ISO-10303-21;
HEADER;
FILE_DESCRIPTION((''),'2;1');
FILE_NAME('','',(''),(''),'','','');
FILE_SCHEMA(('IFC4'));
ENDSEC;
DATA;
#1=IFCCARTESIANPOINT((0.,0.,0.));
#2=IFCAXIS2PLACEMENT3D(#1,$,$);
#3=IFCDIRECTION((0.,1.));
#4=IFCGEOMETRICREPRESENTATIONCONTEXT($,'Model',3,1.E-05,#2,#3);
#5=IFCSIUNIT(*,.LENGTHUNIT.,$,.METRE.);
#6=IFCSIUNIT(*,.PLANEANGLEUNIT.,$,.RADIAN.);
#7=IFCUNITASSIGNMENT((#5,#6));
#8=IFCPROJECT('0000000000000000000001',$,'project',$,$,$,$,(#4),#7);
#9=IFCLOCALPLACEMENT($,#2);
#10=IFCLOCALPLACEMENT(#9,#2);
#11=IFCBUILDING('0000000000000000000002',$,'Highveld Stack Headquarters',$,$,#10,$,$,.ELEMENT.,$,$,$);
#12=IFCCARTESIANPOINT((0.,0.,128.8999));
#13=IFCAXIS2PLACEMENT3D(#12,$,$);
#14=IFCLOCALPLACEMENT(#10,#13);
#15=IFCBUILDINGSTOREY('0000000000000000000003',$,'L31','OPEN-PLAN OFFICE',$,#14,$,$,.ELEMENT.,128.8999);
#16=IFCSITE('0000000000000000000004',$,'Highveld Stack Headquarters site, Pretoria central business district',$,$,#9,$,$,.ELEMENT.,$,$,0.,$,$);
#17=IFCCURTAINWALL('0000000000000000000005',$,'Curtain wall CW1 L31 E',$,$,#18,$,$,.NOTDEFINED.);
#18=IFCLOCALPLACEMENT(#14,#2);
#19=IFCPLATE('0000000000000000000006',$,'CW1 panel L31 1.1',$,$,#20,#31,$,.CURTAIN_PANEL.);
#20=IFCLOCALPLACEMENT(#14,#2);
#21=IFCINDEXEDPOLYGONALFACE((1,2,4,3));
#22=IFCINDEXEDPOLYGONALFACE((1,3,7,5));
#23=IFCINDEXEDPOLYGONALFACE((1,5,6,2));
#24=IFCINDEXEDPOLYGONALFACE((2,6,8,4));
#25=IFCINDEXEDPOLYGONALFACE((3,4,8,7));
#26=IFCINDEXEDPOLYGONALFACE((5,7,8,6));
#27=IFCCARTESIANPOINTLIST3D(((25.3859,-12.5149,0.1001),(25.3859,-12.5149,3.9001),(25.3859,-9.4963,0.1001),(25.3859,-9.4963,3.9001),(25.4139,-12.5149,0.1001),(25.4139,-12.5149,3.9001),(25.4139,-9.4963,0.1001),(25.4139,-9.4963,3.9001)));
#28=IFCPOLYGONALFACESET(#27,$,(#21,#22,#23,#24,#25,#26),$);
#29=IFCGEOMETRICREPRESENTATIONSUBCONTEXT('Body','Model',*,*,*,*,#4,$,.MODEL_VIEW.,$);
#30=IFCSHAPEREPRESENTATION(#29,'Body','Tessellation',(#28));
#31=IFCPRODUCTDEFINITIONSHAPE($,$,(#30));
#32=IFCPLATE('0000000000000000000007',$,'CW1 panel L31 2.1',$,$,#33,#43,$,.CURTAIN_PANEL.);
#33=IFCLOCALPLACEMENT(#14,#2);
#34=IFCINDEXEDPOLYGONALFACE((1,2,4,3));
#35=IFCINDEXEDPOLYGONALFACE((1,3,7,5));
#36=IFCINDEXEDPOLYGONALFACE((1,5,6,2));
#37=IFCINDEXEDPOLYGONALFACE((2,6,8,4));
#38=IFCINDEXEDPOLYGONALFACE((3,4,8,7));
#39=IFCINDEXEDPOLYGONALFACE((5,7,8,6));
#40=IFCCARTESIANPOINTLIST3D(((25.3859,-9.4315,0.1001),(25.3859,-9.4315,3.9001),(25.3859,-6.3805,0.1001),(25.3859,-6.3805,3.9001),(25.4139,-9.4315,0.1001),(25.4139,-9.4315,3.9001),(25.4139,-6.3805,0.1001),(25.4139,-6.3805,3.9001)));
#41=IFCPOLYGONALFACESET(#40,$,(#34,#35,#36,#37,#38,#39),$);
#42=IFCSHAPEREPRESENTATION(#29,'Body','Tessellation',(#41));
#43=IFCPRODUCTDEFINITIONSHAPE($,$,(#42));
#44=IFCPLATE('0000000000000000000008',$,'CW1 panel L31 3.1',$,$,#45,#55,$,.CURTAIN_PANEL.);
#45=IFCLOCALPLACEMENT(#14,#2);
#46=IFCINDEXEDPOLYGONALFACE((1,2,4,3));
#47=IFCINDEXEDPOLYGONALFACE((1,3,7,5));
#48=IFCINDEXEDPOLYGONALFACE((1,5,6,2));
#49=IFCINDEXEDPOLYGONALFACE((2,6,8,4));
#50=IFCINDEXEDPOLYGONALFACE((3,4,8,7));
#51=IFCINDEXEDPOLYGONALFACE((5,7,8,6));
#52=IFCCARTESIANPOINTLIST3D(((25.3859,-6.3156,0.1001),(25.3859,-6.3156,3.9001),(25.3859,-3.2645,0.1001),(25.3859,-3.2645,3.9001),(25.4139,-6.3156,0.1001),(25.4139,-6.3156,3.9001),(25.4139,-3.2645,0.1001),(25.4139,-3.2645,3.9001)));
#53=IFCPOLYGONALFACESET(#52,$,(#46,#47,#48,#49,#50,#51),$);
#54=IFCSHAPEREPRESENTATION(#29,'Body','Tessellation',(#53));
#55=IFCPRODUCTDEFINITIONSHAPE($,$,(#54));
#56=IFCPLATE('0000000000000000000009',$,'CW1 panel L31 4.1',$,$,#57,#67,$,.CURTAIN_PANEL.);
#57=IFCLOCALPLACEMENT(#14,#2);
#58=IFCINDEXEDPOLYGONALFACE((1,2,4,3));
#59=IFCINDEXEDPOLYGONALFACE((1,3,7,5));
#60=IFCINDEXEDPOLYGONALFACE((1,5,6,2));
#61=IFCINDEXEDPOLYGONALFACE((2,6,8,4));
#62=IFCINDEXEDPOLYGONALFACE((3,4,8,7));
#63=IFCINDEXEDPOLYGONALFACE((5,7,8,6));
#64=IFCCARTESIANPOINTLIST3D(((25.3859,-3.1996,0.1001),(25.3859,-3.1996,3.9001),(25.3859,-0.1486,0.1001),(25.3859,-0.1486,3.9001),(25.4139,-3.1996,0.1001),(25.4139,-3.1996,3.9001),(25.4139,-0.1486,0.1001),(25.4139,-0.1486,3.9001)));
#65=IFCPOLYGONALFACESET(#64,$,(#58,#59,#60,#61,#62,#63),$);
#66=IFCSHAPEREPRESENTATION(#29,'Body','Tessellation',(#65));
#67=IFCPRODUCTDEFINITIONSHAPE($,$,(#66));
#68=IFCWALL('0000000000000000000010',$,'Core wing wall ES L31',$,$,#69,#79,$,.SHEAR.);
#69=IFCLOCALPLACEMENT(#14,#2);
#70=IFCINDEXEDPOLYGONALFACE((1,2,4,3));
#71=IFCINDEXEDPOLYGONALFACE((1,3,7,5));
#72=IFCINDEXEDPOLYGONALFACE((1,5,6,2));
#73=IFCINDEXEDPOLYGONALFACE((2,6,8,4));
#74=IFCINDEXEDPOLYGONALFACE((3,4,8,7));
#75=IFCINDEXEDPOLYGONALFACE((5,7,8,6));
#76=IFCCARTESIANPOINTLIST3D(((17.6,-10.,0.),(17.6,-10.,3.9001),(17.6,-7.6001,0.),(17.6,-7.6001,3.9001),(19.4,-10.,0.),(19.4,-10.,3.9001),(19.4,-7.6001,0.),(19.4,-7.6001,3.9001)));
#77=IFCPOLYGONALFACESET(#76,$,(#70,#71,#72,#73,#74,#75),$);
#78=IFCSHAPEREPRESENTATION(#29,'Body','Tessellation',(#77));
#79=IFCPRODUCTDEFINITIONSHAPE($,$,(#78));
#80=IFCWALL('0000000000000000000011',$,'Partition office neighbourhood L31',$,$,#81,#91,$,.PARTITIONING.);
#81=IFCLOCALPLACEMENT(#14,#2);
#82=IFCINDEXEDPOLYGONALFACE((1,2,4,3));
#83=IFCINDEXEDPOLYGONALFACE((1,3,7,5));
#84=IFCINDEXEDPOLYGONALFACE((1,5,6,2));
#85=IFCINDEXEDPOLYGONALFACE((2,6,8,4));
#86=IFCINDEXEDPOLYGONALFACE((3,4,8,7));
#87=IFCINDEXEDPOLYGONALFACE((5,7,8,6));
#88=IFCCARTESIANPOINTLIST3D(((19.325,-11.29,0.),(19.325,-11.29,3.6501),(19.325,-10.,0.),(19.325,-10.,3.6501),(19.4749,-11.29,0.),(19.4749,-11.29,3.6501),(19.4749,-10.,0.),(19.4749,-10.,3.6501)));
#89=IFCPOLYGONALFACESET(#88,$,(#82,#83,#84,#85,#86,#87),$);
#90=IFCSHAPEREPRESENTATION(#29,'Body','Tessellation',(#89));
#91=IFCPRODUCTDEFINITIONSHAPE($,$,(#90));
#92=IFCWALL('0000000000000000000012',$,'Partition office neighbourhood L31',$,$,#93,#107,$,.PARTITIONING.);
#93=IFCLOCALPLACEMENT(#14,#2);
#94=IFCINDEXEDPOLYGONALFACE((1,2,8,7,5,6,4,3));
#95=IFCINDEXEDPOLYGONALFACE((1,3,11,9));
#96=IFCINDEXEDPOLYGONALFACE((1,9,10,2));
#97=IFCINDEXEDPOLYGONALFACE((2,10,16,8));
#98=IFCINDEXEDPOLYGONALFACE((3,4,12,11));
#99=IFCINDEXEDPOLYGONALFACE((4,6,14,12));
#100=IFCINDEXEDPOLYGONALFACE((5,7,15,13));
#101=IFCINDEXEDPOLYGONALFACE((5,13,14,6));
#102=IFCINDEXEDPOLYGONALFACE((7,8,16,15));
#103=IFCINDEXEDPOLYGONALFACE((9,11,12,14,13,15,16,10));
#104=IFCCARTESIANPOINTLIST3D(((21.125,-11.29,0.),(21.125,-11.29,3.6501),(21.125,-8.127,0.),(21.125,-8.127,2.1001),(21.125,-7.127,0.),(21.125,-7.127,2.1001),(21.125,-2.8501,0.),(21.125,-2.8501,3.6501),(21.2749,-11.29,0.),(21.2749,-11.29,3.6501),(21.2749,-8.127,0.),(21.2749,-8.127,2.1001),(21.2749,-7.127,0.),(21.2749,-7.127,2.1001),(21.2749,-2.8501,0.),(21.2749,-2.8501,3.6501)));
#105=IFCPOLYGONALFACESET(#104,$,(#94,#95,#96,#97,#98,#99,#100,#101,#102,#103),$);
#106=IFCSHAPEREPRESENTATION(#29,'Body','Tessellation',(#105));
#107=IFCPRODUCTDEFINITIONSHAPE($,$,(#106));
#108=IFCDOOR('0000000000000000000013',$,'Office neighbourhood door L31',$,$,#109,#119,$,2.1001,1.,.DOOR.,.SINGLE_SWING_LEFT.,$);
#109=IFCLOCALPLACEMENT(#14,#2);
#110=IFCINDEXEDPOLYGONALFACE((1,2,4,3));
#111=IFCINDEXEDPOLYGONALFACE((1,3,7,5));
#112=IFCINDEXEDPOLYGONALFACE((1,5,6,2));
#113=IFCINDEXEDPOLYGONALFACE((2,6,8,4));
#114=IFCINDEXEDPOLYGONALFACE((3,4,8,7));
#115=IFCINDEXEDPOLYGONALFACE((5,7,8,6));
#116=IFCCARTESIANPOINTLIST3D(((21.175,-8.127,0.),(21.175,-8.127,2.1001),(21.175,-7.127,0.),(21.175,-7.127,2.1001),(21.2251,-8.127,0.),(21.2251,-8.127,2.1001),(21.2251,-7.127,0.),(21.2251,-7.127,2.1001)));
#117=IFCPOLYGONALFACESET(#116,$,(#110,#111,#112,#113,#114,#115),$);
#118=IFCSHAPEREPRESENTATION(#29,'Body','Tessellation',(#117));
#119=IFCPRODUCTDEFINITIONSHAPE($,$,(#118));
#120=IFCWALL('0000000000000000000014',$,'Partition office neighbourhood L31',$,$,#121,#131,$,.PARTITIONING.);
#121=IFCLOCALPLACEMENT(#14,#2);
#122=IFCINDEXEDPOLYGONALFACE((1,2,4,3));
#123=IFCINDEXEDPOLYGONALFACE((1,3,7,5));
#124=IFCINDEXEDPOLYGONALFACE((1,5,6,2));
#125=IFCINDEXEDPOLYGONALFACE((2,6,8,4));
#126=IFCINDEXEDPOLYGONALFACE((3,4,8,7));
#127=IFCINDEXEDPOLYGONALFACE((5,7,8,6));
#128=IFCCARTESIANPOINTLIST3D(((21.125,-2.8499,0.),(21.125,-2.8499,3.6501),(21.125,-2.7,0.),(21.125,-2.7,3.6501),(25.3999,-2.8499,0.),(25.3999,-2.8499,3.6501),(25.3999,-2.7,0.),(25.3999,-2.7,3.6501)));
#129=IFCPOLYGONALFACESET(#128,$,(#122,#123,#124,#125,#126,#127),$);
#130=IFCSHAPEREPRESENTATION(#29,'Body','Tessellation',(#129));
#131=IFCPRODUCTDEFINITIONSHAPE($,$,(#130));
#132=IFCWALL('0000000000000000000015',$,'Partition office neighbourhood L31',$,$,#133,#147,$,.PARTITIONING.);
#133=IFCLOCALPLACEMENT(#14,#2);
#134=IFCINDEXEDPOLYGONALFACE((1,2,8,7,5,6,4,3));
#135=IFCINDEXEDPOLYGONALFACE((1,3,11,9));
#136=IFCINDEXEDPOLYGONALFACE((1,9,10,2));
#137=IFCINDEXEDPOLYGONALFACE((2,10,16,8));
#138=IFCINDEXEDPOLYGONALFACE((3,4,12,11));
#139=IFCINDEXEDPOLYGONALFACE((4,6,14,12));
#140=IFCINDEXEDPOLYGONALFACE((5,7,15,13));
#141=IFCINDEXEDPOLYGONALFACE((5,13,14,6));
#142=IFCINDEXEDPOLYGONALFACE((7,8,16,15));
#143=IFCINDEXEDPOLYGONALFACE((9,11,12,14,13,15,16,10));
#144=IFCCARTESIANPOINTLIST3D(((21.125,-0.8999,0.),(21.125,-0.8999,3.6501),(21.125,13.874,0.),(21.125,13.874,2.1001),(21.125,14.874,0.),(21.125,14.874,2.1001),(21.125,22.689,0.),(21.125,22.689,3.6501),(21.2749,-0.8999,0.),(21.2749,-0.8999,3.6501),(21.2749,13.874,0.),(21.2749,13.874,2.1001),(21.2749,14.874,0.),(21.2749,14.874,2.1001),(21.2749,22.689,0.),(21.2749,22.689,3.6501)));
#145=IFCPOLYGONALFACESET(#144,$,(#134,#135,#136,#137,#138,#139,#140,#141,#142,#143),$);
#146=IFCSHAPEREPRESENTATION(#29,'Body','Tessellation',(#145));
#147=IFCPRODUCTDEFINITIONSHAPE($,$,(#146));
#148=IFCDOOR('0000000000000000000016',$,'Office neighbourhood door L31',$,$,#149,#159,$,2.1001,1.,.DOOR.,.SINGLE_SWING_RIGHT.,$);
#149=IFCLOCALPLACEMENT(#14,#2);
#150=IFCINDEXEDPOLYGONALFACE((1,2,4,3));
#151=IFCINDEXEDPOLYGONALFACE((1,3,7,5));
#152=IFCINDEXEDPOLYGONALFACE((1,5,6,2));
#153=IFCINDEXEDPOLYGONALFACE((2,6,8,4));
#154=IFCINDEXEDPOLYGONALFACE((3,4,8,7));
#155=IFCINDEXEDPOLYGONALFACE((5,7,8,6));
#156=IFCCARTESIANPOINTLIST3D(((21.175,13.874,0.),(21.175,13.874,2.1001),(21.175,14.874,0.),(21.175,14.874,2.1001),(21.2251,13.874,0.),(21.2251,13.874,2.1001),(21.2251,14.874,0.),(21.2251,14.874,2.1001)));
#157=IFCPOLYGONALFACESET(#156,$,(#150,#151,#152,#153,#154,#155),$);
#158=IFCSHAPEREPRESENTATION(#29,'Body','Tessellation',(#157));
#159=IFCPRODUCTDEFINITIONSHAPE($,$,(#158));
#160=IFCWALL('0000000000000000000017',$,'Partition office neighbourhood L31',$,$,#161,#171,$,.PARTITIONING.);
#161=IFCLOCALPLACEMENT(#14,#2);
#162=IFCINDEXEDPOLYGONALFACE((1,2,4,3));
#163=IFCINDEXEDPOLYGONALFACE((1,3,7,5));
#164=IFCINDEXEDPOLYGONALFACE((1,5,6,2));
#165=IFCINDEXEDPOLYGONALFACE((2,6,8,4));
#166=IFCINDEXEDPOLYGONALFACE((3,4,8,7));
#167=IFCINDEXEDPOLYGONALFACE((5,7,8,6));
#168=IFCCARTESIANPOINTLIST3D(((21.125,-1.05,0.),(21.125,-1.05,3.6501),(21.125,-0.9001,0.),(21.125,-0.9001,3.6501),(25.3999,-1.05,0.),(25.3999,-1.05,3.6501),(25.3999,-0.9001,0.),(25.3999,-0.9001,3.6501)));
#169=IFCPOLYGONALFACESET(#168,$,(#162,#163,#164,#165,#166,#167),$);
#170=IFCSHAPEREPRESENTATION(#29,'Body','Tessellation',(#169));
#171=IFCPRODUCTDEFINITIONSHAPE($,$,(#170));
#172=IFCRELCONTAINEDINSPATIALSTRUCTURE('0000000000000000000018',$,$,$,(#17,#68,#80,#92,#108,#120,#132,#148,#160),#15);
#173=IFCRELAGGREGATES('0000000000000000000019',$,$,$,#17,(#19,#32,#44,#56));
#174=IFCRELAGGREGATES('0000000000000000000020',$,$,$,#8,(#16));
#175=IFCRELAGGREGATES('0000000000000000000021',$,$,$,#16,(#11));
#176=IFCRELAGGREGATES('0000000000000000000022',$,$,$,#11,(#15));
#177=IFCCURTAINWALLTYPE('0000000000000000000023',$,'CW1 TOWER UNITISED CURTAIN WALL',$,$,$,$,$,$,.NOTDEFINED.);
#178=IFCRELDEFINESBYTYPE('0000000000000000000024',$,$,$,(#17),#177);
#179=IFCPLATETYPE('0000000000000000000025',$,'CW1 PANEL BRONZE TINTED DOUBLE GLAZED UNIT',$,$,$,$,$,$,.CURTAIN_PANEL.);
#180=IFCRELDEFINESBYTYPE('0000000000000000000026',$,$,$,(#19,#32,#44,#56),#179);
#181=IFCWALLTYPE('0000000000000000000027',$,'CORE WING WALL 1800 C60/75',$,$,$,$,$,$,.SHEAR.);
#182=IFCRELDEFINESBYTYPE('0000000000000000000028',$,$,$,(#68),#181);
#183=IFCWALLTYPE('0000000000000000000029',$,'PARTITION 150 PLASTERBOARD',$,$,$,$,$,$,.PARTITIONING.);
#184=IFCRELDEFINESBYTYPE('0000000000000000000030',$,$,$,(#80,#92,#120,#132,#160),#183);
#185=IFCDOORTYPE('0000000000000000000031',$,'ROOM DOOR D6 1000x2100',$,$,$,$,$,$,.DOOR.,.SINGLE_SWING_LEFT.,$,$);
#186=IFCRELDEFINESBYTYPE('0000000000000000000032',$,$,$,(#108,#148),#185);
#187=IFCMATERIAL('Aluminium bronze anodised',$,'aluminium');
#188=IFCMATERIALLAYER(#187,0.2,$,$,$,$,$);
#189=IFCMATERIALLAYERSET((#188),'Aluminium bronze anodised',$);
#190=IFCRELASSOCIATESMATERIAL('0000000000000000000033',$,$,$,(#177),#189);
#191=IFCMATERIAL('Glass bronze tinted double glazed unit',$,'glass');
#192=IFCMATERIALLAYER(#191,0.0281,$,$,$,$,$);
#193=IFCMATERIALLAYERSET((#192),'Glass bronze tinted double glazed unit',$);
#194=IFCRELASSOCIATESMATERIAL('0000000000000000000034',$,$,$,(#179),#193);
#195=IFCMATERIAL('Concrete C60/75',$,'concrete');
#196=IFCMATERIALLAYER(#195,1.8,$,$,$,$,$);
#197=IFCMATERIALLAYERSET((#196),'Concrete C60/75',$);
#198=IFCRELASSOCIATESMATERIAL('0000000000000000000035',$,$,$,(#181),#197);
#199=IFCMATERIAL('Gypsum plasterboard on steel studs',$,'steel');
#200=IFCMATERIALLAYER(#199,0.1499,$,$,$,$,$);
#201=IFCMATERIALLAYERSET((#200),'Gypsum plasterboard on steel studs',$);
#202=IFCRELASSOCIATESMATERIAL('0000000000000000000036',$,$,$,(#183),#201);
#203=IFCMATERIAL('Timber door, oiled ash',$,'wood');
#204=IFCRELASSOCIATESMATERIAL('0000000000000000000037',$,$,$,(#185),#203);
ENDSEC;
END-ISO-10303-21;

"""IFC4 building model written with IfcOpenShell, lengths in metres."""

from ifc_helpers import new_model, si_unit, direction, frame, frame_2d, origin, origin_2d, place, context, subcontext, project, spatial, rectangle, extrude, material, layer, layer_set, type_object, element, fill, aggregate, save


model = new_model("IFC4")

# Units and contexts
model_context = context("Model", 3, precision=1e-05, world=origin(), true_north=direction((0.0, 1.0)))
body_context = subcontext(model_context, "Body", "Model", "MODEL_VIEW")
ifc_project = project(units=[si_unit("LENGTHUNIT", "METRE"), si_unit("PLANEANGLEUNIT", "RADIAN")], contexts=[model_context])

# Site, building, storey
site_placement = place(None, origin())
site = spatial("IfcSite", under=ifc_project, at=site_placement, Name="Highveld Stack Headquarters site, Pretoria central business district", CompositionType="ELEMENT", RefElevation=0.0)
building_placement = place(site_placement, origin())
building = spatial("IfcBuilding", under=site, at=building_placement, Name="Highveld Stack Headquarters", CompositionType="ELEMENT")
storey_placement = place(building_placement, frame((0.0, 0.0, 128.8999)))
storey = spatial("IfcBuildingStorey", under=building, at=storey_placement, Name="L31", Description="OPEN-PLAN OFFICE", CompositionType="ELEMENT", Elevation=128.8999)

# Curtain wall
ifc_material_1 = material(Name="Aluminium bronze anodised", Category="aluminium")
ifc_layer_1 = layer(ifc_material_1, 0.2)
ifc_layer_set_1 = layer_set([ifc_layer_1], Name="Aluminium bronze anodised")
curtain_wall_type = type_object("IfcCurtainWallType", Name="CW1 TOWER UNITISED CURTAIN WALL", PredefinedType="NOTDEFINED", material=ifc_layer_set_1)
curtain_wall_placement = place(storey_placement, origin())
curtain_wall = element("IfcCurtainWall", 1, at=curtain_wall_placement, inside=storey, type_object=curtain_wall_type, Name="Curtain wall CW1 L31 E", PredefinedType="NOTDEFINED")

# Plates
ifc_material_2 = material(Name="Glass bronze tinted double glazed unit", Category="glass")
ifc_layer_2 = layer(ifc_material_2, 0.0281)
ifc_layer_set_2 = layer_set([ifc_layer_2], Name="Glass bronze tinted double glazed unit")
plate_type = type_object("IfcPlateType", Name="CW1 PANEL BRONZE TINTED DOUBLE GLAZED UNIT", PredefinedType="CURTAIN_PANEL", material=ifc_layer_set_2)
plate_1_placement = place(storey_placement, frame((25.3999, -11.0056, 0.1001), z_axis=(0.0, 0.0, 1.0), x_axis=(0.0, 1.0, 0.0)))
plate_1 = element("IfcPlate", 2, at=plate_1_placement, type_object=plate_type, Name="CW1 panel L31 1.1", PredefinedType="CURTAIN_PANEL", context=body_context, shape_type="SweptSolid", body=[
    extrude(rectangle(XDim=3.0186, YDim=0.0281, at=origin_2d()), origin(), (0.0, 0.0, 1.0), 3.8),
])
plate_2_placement = place(storey_placement, frame((25.3999, -7.906, 0.1001), z_axis=(0.0, 0.0, 1.0), x_axis=(0.0, 1.0, 0.0)))
plate_2 = element("IfcPlate", 3, at=plate_2_placement, type_object=plate_type, Name="CW1 panel L31 2.1", PredefinedType="CURTAIN_PANEL", context=body_context, shape_type="SweptSolid", body=[
    extrude(rectangle(XDim=3.051, YDim=0.0281, at=origin_2d()), origin(), (0.0, 0.0, 1.0), 3.8),
])
plate_3_placement = place(storey_placement, frame((25.3999, -4.79, 0.1001), z_axis=(0.0, 0.0, 1.0), x_axis=(0.0, 1.0, 0.0)))
plate_3 = element("IfcPlate", 4, at=plate_3_placement, type_object=plate_type, Name="CW1 panel L31 3.1", PredefinedType="CURTAIN_PANEL", context=body_context, shape_type="SweptSolid", body=[
    extrude(rectangle(XDim=3.051, YDim=0.0281, at=origin_2d()), origin(), (0.0, 0.0, 1.0), 3.8),
])
plate_4_placement = place(storey_placement, frame((25.3999, -1.6741, 0.1001), z_axis=(0.0, 0.0, 1.0), x_axis=(0.0, 1.0, 0.0)))
plate_4 = element("IfcPlate", 5, at=plate_4_placement, type_object=plate_type, Name="CW1 panel L31 4.1", PredefinedType="CURTAIN_PANEL", context=body_context, shape_type="SweptSolid", body=[
    extrude(rectangle(XDim=3.051, YDim=0.0281, at=origin_2d()), origin(), (0.0, 0.0, 1.0), 3.8),
])
aggregate(curtain_wall, [plate_1, plate_2, plate_3, plate_4])

# Walls
ifc_material_3 = material(Name="Concrete C60/75", Category="concrete")
ifc_layer_3 = layer(ifc_material_3, 1.8)
ifc_layer_set_3 = layer_set([ifc_layer_3], Name="Concrete C60/75")
wall_type_1 = type_object("IfcWallType", Name="CORE WING WALL 1800 C60/75", PredefinedType="SHEAR", material=ifc_layer_set_3)
wall_1_placement = place(storey_placement, frame((18.5, -10.0, 0.0), z_axis=(0.0, 0.0, 1.0), x_axis=(0.0, 1.0, 0.0)))
element("IfcWall", 6, at=wall_1_placement, inside=storey, type_object=wall_type_1, Name="Core wing wall ES L31", PredefinedType="SHEAR", context=body_context, shape_type="SweptSolid", body=[
    extrude(rectangle(XDim=2.3999, YDim=1.8, at=frame_2d((1.2, 0.0))), origin(), (0.0, 0.0, 1.0), 3.9001),
])
ifc_material_4 = material(Name="Gypsum plasterboard on steel studs", Category="steel")
ifc_layer_4 = layer(ifc_material_4, 0.1499)
ifc_layer_set_4 = layer_set([ifc_layer_4], Name="Gypsum plasterboard on steel studs")
wall_type_2 = type_object("IfcWallType", Name="PARTITION 150 PLASTERBOARD", PredefinedType="PARTITIONING", material=ifc_layer_set_4)
wall_2_placement = place(storey_placement, frame((19.3999, -11.29, 0.0), z_axis=(0.0, 0.0, 1.0), x_axis=(0.0, 1.0, 0.0)))
element("IfcWall", 7, at=wall_2_placement, inside=storey, type_object=wall_type_2, Name="Partition office neighbourhood L31", PredefinedType="PARTITIONING", context=body_context, shape_type="SweptSolid", body=[
    extrude(rectangle(XDim=1.29, YDim=0.1499, at=frame_2d((0.645, 0.0))), origin(), (0.0, 0.0, 1.0), 3.6501),
])

# Wall, opening, door
wall_3_placement = place(storey_placement, frame((21.2, -11.29, 0.0), z_axis=(0.0, 0.0, 1.0), x_axis=(0.0, 1.0, 0.0)))
wall_3 = element("IfcWall", 8, at=wall_3_placement, inside=storey, type_object=wall_type_2, Name="Partition office neighbourhood L31", PredefinedType="PARTITIONING", context=body_context, shape_type="SweptSolid", body=[
    extrude(rectangle(XDim=8.4399, YDim=0.1499, at=frame_2d((4.22, 0.0))), origin(), (0.0, 0.0, 1.0), 3.6501),
])
opening_1_placement = place(wall_3_placement, frame((3.1631, 0.0, 0.0)))
opening_1 = element("IfcOpeningElement", 9, at=opening_1_placement, cuts=wall_3, PredefinedType="OPENING", context=body_context, shape_type="SweptSolid", body=[
    extrude(rectangle(XDim=1.0, YDim=2.1001, at=frame_2d((0.5, 1.05))), frame((0.0, 0.085, 0.0), z_axis=(0.0, -1.0, 0.0), x_axis=(1.0, 0.0, 0.0)), (0.0, 0.0, 1.0), 0.1699),
])
ifc_material_5 = material(Name="Timber door, oiled ash", Category="wood")
door_type_1 = type_object("IfcDoorType", Name="ROOM DOOR D6 1000x2100", OperationType="SINGLE_SWING_LEFT", PredefinedType="DOOR", material=ifc_material_5)
door_1_placement = place(opening_1_placement, origin())
door_1 = element("IfcDoor", 10, at=door_1_placement, inside=storey, type_object=door_type_1, Name="Office neighbourhood door L31", OperationType="SINGLE_SWING_LEFT", OverallHeight=2.1001, OverallWidth=1.0, PredefinedType="DOOR", context=body_context, shape_type="SweptSolid", body=[
    extrude(rectangle(XDim=1.0, YDim=2.1001, at=frame_2d((0.5, 1.05))), frame((0.0, 0.0249, 0.0), z_axis=(0.0, -1.0, 0.0), x_axis=(1.0, 0.0, 0.0)), (0.0, 0.0, 1.0), 0.05),
])
fill(opening_1, door_1)

# Wall
wall_4_placement = place(storey_placement, frame((21.125, -2.7749, 0.0), z_axis=(0.0, 0.0, 1.0), x_axis=(1.0, 0.0, 0.0)))
element("IfcWall", 11, at=wall_4_placement, inside=storey, type_object=wall_type_2, Name="Partition office neighbourhood L31", PredefinedType="PARTITIONING", context=body_context, shape_type="SweptSolid", body=[
    extrude(rectangle(XDim=4.2749, YDim=0.1499, at=frame_2d((2.1375, 0.0))), origin(), (0.0, 0.0, 1.0), 3.6501),
])

# Wall, opening, door
wall_5_placement = place(storey_placement, frame((21.2, -0.8999, 0.0), z_axis=(0.0, 0.0, 1.0), x_axis=(0.0, 1.0, 0.0)))
wall_5 = element("IfcWall", 12, at=wall_5_placement, inside=storey, type_object=wall_type_2, Name="Partition office neighbourhood L31", PredefinedType="PARTITIONING", context=body_context, shape_type="SweptSolid", body=[
    extrude(rectangle(XDim=23.5889, YDim=0.1499, at=frame_2d((11.7944, 0.0))), origin(), (0.0, 0.0, 1.0), 3.6501),
])
opening_2_placement = place(wall_5_placement, frame((14.7739, 0.0, 0.0)))
opening_2 = element("IfcOpeningElement", 13, at=opening_2_placement, cuts=wall_5, PredefinedType="OPENING", context=body_context, shape_type="SweptSolid", body=[
    extrude(rectangle(XDim=1.0, YDim=2.1001, at=frame_2d((0.5, 1.05))), frame((0.0, 0.085, 0.0), z_axis=(0.0, -1.0, 0.0), x_axis=(1.0, 0.0, 0.0)), (0.0, 0.0, 1.0), 0.1699),
])
door_2_placement = place(opening_2_placement, origin())
door_2 = element("IfcDoor", 14, at=door_2_placement, inside=storey, type_object=door_type_1, Name="Office neighbourhood door L31", OperationType="SINGLE_SWING_RIGHT", OverallHeight=2.1001, OverallWidth=1.0, PredefinedType="DOOR", context=body_context, shape_type="SweptSolid", body=[
    extrude(rectangle(XDim=1.0, YDim=2.1001, at=frame_2d((0.5, 1.05))), frame((0.0, 0.0249, 0.0), z_axis=(0.0, -1.0, 0.0), x_axis=(1.0, 0.0, 0.0)), (0.0, 0.0, 1.0), 0.05),
])
fill(opening_2, door_2)

# Wall
wall_6_placement = place(storey_placement, frame((21.125, -0.9751, 0.0), z_axis=(0.0, 0.0, 1.0), x_axis=(1.0, 0.0, 0.0)))
element("IfcWall", 15, at=wall_6_placement, inside=storey, type_object=wall_type_2, Name="Partition office neighbourhood L31", PredefinedType="PARTITIONING", context=body_context, shape_type="SweptSolid", body=[
    extrude(rectangle(XDim=4.2749, YDim=0.1499, at=frame_2d((2.1375, 0.0))), origin(), (0.0, 0.0, 1.0), 3.6501),
])

save(model, "model.ifc")
